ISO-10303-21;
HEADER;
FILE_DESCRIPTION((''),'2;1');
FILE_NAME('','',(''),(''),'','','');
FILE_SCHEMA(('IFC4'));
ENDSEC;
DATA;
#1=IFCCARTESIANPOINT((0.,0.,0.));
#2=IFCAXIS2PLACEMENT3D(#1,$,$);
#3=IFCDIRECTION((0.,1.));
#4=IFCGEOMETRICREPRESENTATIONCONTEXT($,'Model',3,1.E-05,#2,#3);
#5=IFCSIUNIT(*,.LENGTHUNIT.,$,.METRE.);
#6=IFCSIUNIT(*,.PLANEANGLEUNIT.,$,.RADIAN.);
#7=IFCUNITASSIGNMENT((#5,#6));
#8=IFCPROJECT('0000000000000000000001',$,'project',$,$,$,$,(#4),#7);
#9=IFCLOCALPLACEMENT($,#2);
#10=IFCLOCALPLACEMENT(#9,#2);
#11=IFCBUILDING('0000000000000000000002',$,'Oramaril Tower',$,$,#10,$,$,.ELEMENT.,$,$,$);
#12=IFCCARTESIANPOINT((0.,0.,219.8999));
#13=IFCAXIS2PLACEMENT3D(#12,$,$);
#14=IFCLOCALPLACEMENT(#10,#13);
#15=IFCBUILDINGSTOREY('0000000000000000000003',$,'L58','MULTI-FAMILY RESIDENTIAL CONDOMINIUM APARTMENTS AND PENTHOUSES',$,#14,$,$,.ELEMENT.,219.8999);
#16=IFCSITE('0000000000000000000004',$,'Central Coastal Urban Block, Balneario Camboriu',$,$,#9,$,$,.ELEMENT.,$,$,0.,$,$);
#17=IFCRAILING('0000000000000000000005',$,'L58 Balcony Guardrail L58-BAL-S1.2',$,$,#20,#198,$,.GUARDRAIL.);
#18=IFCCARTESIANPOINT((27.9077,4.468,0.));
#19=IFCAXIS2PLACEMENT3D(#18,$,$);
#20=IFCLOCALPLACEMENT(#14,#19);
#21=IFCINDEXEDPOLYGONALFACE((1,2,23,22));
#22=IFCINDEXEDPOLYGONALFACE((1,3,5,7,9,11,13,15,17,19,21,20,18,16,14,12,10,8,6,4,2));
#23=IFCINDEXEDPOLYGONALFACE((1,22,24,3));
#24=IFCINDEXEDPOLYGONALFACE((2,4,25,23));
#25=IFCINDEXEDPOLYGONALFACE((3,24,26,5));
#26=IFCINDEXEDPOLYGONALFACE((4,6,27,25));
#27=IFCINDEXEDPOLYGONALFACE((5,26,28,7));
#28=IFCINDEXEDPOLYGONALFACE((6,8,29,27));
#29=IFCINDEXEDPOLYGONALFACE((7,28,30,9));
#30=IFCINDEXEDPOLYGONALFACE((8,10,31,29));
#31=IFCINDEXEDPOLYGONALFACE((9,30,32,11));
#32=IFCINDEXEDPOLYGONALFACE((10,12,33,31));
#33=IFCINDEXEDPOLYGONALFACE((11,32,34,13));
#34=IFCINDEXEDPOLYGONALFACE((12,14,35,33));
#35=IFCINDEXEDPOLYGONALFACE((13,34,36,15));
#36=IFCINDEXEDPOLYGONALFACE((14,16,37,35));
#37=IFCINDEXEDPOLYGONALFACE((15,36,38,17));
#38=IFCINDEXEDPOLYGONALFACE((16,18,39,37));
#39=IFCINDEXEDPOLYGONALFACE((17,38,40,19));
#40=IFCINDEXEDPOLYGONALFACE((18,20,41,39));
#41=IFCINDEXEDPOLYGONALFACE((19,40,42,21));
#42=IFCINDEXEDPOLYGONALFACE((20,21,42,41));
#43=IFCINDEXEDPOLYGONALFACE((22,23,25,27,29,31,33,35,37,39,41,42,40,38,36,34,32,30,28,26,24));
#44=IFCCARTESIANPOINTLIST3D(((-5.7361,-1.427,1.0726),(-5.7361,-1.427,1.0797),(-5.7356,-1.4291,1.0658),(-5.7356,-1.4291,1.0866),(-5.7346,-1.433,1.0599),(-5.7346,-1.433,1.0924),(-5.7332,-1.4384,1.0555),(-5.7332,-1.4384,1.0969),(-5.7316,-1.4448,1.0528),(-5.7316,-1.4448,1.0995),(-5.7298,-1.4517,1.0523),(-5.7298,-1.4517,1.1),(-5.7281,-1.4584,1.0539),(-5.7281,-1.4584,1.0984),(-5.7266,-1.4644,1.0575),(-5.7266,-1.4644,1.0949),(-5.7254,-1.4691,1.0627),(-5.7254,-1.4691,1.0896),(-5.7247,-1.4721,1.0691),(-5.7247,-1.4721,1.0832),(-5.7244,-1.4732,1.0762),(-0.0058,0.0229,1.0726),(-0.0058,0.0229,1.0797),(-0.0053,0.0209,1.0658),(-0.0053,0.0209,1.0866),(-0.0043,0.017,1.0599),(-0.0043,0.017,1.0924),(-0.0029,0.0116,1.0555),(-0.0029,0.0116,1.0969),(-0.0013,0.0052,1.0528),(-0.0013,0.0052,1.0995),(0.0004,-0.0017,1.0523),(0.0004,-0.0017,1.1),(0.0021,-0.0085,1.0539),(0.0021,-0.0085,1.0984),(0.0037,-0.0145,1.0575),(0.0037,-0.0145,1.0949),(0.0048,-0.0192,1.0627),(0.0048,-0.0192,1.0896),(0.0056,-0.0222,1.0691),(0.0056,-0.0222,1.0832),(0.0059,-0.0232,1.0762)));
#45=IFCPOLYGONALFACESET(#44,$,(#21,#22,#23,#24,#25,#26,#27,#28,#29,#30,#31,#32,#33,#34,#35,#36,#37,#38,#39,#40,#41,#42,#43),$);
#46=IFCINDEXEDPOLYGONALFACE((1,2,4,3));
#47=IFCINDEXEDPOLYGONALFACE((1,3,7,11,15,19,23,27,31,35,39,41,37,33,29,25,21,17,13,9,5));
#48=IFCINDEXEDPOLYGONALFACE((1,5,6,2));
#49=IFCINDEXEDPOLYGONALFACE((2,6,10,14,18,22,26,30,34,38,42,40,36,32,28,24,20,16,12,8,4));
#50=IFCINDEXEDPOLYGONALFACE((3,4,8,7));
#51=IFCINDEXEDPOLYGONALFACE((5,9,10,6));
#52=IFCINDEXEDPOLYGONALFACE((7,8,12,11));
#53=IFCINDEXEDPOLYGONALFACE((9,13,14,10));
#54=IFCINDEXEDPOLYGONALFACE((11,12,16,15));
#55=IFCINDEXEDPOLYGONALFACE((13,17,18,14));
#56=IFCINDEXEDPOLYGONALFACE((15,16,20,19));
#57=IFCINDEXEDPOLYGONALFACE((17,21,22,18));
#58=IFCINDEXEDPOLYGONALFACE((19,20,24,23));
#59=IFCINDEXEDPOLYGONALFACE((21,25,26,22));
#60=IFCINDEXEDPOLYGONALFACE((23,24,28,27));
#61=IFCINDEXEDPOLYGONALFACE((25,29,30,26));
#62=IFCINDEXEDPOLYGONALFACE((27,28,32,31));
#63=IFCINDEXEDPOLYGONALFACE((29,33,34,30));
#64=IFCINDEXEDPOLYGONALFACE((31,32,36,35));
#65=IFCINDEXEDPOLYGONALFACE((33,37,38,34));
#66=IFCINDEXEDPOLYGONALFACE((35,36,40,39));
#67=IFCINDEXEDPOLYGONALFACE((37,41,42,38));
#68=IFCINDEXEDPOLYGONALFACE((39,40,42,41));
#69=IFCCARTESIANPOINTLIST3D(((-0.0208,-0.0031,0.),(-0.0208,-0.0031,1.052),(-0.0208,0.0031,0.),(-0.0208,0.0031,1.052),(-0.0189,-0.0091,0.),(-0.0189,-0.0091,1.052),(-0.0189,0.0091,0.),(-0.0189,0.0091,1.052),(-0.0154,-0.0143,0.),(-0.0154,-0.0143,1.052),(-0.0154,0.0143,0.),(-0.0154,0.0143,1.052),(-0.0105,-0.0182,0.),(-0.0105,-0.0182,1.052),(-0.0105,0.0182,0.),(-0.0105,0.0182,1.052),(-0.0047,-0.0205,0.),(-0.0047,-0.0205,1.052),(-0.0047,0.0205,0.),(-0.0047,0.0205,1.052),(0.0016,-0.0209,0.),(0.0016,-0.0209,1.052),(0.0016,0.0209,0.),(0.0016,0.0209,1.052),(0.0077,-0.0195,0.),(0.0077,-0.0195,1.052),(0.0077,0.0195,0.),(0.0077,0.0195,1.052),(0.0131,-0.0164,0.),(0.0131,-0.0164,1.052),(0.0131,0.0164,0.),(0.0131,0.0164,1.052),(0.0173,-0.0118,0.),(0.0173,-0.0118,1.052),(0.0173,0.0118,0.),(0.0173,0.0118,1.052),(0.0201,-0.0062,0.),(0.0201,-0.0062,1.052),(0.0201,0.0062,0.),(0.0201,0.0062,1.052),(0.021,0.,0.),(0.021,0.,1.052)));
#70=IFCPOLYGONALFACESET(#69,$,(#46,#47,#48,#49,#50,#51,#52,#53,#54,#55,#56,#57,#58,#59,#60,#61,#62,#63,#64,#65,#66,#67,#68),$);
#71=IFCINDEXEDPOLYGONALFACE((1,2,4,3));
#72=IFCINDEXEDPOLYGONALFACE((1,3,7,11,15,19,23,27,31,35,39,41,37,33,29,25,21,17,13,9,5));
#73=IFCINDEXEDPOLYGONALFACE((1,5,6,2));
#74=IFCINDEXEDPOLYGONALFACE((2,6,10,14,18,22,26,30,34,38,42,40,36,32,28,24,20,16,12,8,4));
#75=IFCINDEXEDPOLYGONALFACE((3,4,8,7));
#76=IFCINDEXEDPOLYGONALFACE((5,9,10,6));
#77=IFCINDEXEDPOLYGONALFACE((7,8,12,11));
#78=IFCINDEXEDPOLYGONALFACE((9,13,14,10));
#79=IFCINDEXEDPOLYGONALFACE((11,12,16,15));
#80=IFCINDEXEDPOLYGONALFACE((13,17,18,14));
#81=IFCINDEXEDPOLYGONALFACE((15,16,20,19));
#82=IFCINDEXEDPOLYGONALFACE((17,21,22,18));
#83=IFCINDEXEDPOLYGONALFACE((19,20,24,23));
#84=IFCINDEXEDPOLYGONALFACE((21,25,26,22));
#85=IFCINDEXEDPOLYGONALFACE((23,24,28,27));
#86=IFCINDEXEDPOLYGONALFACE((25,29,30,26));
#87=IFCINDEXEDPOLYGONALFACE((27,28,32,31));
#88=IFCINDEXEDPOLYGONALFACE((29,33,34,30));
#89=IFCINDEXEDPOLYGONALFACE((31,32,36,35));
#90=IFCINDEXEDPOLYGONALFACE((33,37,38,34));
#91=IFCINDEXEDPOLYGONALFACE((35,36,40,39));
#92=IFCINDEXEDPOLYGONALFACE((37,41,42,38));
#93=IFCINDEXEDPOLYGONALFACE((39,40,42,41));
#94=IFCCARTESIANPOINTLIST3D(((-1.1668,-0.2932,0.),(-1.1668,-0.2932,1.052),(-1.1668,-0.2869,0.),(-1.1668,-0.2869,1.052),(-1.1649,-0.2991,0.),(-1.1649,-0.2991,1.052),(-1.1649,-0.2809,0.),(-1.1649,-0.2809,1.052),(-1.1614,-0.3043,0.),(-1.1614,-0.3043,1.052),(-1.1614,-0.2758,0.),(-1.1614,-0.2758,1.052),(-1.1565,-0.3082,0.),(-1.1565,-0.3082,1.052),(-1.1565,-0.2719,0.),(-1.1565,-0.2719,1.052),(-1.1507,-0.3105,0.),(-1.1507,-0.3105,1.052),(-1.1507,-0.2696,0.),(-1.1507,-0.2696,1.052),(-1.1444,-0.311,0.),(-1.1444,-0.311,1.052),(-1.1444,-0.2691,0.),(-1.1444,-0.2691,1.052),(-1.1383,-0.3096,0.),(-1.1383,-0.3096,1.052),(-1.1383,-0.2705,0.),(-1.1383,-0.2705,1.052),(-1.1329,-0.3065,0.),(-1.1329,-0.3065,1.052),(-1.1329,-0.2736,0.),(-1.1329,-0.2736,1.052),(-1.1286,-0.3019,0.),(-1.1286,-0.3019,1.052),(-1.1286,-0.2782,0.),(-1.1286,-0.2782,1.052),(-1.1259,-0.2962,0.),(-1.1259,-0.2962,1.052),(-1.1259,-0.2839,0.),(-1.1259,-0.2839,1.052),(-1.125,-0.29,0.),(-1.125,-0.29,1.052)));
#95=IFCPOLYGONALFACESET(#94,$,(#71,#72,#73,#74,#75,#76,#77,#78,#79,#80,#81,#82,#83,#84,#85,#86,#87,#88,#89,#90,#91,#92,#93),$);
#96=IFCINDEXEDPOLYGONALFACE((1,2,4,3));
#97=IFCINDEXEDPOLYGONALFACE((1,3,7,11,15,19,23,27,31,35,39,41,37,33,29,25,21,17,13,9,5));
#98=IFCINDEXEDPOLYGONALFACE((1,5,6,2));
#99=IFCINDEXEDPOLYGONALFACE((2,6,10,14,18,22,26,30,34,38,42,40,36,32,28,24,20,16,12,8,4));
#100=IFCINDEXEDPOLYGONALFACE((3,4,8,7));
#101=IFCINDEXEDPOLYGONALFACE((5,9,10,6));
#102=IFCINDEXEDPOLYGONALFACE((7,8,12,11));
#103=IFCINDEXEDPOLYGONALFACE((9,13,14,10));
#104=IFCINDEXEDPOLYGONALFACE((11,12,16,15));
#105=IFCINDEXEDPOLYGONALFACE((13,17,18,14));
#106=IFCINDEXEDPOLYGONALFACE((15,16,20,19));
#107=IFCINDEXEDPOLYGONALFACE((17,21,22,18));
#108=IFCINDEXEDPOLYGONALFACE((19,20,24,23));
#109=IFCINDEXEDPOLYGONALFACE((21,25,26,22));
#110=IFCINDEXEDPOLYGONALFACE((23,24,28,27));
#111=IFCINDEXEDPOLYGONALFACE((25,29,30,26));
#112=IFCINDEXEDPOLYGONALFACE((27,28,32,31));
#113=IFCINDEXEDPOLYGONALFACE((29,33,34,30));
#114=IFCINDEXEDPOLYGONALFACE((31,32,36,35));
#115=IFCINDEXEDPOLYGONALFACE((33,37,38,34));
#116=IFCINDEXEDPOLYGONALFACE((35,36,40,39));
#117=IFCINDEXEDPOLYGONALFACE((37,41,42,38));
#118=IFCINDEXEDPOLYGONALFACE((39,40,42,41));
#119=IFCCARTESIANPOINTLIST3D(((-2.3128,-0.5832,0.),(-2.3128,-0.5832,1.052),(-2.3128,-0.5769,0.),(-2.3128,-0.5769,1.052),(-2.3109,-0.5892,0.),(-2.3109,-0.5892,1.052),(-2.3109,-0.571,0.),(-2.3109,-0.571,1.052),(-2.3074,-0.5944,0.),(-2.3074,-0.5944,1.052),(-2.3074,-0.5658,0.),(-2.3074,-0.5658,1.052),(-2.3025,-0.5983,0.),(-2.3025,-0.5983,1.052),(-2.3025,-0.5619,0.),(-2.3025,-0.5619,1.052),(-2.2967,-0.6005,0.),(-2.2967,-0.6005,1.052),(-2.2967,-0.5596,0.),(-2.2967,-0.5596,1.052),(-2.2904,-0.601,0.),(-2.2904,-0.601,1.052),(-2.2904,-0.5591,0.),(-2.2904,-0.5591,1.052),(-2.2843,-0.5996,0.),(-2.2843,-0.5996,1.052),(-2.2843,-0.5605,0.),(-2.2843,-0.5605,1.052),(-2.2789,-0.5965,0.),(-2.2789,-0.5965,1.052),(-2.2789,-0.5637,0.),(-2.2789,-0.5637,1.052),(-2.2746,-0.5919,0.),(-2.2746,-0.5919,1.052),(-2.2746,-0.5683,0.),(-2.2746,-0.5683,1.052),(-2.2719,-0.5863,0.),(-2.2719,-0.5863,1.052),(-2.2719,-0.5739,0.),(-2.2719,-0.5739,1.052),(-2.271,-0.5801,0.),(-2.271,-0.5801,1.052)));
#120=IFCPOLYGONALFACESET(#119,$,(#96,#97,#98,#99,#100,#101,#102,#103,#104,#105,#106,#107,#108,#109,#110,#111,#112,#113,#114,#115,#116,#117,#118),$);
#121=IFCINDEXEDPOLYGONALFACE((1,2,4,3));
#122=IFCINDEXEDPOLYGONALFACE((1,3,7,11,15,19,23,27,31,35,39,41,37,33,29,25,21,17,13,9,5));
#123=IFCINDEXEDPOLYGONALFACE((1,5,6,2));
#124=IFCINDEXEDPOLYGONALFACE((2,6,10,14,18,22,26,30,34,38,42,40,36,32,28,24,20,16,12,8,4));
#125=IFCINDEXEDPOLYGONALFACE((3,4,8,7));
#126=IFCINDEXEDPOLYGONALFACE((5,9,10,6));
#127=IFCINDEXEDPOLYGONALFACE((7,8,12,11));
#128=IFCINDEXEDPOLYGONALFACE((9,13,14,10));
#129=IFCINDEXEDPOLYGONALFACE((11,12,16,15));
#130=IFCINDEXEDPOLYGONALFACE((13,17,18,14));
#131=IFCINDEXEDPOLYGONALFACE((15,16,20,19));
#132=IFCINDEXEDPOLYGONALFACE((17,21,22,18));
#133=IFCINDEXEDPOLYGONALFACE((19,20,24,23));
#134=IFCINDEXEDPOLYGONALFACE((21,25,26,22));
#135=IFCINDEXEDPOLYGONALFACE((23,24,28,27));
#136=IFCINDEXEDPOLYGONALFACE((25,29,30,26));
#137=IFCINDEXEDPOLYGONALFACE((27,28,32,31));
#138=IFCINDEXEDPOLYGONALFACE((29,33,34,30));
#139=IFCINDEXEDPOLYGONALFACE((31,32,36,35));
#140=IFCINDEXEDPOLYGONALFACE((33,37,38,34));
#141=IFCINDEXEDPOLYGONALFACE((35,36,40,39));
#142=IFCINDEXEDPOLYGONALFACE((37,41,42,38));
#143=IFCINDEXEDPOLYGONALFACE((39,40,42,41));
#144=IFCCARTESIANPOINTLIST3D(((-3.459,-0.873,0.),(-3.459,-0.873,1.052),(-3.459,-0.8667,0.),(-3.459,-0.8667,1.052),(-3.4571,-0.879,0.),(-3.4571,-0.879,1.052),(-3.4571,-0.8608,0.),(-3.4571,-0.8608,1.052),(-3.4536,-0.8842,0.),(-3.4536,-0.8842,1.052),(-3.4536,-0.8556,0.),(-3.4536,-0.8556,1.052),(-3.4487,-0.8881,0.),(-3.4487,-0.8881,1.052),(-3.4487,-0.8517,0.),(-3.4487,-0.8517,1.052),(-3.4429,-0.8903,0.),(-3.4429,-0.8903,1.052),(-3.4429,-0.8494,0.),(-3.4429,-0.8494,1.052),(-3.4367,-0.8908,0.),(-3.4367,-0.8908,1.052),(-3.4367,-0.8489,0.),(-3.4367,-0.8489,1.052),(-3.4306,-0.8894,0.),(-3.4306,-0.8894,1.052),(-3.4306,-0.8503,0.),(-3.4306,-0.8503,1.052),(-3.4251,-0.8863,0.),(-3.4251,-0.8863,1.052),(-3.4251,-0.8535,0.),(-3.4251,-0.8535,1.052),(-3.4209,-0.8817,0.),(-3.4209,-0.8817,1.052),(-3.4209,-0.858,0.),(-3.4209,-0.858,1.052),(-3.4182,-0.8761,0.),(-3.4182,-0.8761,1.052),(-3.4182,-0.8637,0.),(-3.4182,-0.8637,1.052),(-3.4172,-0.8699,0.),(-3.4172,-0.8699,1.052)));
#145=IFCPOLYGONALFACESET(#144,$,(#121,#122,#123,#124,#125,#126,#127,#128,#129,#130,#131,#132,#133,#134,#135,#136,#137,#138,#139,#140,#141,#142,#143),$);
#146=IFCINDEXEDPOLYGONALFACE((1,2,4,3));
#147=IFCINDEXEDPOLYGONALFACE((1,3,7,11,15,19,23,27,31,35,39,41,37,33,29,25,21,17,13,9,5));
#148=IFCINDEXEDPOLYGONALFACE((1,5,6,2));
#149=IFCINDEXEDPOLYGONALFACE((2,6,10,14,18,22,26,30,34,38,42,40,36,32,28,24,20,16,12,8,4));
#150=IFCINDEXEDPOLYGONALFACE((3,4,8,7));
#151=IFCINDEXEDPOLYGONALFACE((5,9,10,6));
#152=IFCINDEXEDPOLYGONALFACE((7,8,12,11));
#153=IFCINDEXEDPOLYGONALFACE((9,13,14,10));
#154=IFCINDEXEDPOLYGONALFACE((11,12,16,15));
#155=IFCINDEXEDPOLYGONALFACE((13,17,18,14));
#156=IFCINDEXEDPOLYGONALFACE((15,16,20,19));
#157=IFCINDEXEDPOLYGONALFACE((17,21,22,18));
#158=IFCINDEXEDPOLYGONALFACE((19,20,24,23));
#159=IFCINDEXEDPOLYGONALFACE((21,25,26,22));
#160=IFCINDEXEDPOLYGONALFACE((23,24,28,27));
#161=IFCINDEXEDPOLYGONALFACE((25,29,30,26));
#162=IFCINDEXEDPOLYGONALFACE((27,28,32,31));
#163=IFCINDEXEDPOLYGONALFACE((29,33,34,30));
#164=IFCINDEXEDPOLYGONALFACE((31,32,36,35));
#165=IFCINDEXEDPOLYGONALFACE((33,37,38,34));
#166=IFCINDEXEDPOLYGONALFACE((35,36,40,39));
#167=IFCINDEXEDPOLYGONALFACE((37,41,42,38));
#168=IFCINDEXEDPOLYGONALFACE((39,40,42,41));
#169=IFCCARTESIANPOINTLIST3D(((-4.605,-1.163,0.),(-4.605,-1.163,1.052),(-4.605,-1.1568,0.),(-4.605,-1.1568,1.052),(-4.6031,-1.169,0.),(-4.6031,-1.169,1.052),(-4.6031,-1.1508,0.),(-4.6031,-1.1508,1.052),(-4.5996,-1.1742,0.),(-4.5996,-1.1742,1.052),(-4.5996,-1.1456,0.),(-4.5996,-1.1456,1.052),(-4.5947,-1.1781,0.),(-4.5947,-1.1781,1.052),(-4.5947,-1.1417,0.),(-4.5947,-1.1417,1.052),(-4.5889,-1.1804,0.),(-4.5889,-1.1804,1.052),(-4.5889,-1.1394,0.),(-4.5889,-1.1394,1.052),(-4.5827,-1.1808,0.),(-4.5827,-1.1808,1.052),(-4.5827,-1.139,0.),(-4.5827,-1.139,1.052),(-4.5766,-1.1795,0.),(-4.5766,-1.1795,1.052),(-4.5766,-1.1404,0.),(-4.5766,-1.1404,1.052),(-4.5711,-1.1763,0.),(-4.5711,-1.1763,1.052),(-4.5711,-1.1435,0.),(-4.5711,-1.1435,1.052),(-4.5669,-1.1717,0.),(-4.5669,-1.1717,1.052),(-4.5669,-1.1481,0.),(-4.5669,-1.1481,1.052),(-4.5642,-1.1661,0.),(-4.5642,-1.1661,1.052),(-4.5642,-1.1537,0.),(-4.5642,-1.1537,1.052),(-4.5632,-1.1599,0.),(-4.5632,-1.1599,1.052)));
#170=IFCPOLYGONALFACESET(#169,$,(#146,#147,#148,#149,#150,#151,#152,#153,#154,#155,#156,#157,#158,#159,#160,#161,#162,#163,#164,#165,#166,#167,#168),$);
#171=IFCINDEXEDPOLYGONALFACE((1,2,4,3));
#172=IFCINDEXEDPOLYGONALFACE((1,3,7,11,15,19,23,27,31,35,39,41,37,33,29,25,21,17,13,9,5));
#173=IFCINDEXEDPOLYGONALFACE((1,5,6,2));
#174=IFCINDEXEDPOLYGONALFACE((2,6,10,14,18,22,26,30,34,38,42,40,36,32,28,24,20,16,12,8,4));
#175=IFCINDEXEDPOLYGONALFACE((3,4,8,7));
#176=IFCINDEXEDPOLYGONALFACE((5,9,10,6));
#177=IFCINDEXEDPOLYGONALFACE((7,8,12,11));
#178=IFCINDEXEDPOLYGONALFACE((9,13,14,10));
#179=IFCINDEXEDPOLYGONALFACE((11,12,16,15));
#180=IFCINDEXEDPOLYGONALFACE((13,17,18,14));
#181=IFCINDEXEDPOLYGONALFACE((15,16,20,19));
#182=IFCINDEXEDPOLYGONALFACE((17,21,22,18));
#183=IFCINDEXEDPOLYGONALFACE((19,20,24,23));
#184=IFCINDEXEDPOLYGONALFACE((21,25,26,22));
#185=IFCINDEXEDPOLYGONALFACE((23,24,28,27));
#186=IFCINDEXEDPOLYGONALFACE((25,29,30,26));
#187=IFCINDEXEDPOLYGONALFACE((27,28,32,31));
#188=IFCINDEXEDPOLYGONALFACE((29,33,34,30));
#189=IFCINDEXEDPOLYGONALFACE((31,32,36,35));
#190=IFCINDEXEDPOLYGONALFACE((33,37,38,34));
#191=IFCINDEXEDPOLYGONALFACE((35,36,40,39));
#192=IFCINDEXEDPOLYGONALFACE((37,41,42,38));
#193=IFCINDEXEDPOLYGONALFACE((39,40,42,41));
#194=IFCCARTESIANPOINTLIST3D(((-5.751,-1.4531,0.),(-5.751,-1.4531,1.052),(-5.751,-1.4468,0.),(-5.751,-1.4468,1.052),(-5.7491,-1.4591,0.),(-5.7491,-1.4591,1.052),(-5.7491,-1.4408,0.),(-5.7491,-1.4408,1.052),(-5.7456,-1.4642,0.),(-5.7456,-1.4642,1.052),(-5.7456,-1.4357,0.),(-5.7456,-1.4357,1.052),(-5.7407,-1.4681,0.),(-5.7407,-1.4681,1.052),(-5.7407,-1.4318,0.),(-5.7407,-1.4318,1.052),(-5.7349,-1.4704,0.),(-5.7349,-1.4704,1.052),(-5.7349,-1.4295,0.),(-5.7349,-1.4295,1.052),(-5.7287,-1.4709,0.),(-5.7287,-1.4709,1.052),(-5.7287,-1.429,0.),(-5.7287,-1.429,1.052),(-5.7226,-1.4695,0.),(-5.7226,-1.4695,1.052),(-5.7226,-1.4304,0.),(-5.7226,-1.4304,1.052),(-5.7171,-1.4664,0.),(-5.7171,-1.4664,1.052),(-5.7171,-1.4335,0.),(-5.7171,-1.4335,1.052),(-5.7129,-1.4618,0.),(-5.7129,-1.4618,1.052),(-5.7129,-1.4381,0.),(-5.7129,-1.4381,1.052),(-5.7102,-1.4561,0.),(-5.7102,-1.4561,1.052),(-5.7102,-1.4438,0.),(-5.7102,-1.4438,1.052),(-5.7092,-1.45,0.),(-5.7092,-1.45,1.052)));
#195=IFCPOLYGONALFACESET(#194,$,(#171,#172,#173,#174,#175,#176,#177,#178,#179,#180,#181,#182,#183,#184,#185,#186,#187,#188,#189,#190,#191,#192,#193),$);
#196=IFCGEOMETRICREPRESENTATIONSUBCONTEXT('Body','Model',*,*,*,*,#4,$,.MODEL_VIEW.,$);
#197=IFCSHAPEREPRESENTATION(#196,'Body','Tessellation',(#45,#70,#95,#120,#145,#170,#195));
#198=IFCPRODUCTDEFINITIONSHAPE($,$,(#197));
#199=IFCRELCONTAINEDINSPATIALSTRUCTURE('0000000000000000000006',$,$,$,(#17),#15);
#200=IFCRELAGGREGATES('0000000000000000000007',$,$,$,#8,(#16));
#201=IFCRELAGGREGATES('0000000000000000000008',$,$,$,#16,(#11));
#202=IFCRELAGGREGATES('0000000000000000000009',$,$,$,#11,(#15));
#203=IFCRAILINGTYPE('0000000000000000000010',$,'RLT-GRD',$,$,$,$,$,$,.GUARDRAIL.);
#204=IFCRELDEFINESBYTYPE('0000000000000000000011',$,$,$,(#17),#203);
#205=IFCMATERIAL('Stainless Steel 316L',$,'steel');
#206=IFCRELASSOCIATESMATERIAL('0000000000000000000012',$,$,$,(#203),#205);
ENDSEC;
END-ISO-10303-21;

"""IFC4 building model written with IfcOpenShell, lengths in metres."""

from ifc_helpers import new_model, si_unit, direction, frame, origin, origin_2d, place, context, subcontext, project, spatial, circle, extrude, material, type_object, element, save


model = new_model("IFC4")

# Units and contexts
model_context = context("Model", 3, precision=1e-05, world=origin(), true_north=direction((0.0, 1.0)))
body_context = subcontext(model_context, "Body", "Model", "MODEL_VIEW")
ifc_project = project(units=[si_unit("LENGTHUNIT", "METRE"), si_unit("PLANEANGLEUNIT", "RADIAN")], contexts=[model_context])

# Site, building, storey
site_placement = place(None, origin())
site = spatial("IfcSite", under=ifc_project, at=site_placement, Name="Central Coastal Urban Block, Balneario Camboriu", CompositionType="ELEMENT", RefElevation=0.0)
building_placement = place(site_placement, origin())
building = spatial("IfcBuilding", under=site, at=building_placement, Name="Oramaril Tower", CompositionType="ELEMENT")
storey_placement = place(building_placement, frame((0.0, 0.0, 219.8999)))
storey = spatial("IfcBuildingStorey", under=building, at=storey_placement, Name="L58", Description="MULTI-FAMILY RESIDENTIAL CONDOMINIUM APARTMENTS AND PENTHOUSES", CompositionType="ELEMENT", Elevation=219.8999)

# Railing
ifc_material_1 = material(Name="Stainless Steel 316L", Category="steel")
railing_type = type_object("IfcRailingType", Name="RLT-GRD", PredefinedType="GUARDRAIL", material=ifc_material_1)
railing_1_placement = place(storey_placement, frame((27.9077, 4.468, 0.0)))
element("IfcRailing", 1, at=railing_1_placement, inside=storey, type_object=railing_type, Name="L58 Balcony Guardrail L58-BAL-S1.2", PredefinedType="GUARDRAIL", context=body_context, shape_type="SweptSolid", body=[
    extrude(circle(Radius=0.0239, at=origin_2d()), frame((0.0, 0.0, 1.0762), z_axis=(-0.969446, -0.245304, 0.0), x_axis=(0.245304, -0.969446, 0.0)), (0.0, 0.0, 1.0), 5.9109),
    extrude(circle(Radius=0.021, at=origin_2d()), origin(), (0.0, 0.0, 1.0), 1.052),
    extrude(circle(Radius=0.021, at=origin_2d()), frame((-1.146, -0.29, 0.0)), (0.0, 0.0, 1.0), 1.052),
    extrude(circle(Radius=0.021, at=origin_2d()), frame((-2.292, -0.5801, 0.0)), (0.0, 0.0, 1.0), 1.052),
    extrude(circle(Radius=0.021, at=origin_2d()), frame((-3.4382, -0.8699, 0.0)), (0.0, 0.0, 1.0), 1.052),
    extrude(circle(Radius=0.021, at=origin_2d()), frame((-4.5842, -1.1599, 0.0)), (0.0, 0.0, 1.0), 1.052),
    extrude(circle(Radius=0.021, at=origin_2d()), frame((-5.7302, -1.45, 0.0)), (0.0, 0.0, 1.0), 1.052),
])

save(model, "model.ifc")
